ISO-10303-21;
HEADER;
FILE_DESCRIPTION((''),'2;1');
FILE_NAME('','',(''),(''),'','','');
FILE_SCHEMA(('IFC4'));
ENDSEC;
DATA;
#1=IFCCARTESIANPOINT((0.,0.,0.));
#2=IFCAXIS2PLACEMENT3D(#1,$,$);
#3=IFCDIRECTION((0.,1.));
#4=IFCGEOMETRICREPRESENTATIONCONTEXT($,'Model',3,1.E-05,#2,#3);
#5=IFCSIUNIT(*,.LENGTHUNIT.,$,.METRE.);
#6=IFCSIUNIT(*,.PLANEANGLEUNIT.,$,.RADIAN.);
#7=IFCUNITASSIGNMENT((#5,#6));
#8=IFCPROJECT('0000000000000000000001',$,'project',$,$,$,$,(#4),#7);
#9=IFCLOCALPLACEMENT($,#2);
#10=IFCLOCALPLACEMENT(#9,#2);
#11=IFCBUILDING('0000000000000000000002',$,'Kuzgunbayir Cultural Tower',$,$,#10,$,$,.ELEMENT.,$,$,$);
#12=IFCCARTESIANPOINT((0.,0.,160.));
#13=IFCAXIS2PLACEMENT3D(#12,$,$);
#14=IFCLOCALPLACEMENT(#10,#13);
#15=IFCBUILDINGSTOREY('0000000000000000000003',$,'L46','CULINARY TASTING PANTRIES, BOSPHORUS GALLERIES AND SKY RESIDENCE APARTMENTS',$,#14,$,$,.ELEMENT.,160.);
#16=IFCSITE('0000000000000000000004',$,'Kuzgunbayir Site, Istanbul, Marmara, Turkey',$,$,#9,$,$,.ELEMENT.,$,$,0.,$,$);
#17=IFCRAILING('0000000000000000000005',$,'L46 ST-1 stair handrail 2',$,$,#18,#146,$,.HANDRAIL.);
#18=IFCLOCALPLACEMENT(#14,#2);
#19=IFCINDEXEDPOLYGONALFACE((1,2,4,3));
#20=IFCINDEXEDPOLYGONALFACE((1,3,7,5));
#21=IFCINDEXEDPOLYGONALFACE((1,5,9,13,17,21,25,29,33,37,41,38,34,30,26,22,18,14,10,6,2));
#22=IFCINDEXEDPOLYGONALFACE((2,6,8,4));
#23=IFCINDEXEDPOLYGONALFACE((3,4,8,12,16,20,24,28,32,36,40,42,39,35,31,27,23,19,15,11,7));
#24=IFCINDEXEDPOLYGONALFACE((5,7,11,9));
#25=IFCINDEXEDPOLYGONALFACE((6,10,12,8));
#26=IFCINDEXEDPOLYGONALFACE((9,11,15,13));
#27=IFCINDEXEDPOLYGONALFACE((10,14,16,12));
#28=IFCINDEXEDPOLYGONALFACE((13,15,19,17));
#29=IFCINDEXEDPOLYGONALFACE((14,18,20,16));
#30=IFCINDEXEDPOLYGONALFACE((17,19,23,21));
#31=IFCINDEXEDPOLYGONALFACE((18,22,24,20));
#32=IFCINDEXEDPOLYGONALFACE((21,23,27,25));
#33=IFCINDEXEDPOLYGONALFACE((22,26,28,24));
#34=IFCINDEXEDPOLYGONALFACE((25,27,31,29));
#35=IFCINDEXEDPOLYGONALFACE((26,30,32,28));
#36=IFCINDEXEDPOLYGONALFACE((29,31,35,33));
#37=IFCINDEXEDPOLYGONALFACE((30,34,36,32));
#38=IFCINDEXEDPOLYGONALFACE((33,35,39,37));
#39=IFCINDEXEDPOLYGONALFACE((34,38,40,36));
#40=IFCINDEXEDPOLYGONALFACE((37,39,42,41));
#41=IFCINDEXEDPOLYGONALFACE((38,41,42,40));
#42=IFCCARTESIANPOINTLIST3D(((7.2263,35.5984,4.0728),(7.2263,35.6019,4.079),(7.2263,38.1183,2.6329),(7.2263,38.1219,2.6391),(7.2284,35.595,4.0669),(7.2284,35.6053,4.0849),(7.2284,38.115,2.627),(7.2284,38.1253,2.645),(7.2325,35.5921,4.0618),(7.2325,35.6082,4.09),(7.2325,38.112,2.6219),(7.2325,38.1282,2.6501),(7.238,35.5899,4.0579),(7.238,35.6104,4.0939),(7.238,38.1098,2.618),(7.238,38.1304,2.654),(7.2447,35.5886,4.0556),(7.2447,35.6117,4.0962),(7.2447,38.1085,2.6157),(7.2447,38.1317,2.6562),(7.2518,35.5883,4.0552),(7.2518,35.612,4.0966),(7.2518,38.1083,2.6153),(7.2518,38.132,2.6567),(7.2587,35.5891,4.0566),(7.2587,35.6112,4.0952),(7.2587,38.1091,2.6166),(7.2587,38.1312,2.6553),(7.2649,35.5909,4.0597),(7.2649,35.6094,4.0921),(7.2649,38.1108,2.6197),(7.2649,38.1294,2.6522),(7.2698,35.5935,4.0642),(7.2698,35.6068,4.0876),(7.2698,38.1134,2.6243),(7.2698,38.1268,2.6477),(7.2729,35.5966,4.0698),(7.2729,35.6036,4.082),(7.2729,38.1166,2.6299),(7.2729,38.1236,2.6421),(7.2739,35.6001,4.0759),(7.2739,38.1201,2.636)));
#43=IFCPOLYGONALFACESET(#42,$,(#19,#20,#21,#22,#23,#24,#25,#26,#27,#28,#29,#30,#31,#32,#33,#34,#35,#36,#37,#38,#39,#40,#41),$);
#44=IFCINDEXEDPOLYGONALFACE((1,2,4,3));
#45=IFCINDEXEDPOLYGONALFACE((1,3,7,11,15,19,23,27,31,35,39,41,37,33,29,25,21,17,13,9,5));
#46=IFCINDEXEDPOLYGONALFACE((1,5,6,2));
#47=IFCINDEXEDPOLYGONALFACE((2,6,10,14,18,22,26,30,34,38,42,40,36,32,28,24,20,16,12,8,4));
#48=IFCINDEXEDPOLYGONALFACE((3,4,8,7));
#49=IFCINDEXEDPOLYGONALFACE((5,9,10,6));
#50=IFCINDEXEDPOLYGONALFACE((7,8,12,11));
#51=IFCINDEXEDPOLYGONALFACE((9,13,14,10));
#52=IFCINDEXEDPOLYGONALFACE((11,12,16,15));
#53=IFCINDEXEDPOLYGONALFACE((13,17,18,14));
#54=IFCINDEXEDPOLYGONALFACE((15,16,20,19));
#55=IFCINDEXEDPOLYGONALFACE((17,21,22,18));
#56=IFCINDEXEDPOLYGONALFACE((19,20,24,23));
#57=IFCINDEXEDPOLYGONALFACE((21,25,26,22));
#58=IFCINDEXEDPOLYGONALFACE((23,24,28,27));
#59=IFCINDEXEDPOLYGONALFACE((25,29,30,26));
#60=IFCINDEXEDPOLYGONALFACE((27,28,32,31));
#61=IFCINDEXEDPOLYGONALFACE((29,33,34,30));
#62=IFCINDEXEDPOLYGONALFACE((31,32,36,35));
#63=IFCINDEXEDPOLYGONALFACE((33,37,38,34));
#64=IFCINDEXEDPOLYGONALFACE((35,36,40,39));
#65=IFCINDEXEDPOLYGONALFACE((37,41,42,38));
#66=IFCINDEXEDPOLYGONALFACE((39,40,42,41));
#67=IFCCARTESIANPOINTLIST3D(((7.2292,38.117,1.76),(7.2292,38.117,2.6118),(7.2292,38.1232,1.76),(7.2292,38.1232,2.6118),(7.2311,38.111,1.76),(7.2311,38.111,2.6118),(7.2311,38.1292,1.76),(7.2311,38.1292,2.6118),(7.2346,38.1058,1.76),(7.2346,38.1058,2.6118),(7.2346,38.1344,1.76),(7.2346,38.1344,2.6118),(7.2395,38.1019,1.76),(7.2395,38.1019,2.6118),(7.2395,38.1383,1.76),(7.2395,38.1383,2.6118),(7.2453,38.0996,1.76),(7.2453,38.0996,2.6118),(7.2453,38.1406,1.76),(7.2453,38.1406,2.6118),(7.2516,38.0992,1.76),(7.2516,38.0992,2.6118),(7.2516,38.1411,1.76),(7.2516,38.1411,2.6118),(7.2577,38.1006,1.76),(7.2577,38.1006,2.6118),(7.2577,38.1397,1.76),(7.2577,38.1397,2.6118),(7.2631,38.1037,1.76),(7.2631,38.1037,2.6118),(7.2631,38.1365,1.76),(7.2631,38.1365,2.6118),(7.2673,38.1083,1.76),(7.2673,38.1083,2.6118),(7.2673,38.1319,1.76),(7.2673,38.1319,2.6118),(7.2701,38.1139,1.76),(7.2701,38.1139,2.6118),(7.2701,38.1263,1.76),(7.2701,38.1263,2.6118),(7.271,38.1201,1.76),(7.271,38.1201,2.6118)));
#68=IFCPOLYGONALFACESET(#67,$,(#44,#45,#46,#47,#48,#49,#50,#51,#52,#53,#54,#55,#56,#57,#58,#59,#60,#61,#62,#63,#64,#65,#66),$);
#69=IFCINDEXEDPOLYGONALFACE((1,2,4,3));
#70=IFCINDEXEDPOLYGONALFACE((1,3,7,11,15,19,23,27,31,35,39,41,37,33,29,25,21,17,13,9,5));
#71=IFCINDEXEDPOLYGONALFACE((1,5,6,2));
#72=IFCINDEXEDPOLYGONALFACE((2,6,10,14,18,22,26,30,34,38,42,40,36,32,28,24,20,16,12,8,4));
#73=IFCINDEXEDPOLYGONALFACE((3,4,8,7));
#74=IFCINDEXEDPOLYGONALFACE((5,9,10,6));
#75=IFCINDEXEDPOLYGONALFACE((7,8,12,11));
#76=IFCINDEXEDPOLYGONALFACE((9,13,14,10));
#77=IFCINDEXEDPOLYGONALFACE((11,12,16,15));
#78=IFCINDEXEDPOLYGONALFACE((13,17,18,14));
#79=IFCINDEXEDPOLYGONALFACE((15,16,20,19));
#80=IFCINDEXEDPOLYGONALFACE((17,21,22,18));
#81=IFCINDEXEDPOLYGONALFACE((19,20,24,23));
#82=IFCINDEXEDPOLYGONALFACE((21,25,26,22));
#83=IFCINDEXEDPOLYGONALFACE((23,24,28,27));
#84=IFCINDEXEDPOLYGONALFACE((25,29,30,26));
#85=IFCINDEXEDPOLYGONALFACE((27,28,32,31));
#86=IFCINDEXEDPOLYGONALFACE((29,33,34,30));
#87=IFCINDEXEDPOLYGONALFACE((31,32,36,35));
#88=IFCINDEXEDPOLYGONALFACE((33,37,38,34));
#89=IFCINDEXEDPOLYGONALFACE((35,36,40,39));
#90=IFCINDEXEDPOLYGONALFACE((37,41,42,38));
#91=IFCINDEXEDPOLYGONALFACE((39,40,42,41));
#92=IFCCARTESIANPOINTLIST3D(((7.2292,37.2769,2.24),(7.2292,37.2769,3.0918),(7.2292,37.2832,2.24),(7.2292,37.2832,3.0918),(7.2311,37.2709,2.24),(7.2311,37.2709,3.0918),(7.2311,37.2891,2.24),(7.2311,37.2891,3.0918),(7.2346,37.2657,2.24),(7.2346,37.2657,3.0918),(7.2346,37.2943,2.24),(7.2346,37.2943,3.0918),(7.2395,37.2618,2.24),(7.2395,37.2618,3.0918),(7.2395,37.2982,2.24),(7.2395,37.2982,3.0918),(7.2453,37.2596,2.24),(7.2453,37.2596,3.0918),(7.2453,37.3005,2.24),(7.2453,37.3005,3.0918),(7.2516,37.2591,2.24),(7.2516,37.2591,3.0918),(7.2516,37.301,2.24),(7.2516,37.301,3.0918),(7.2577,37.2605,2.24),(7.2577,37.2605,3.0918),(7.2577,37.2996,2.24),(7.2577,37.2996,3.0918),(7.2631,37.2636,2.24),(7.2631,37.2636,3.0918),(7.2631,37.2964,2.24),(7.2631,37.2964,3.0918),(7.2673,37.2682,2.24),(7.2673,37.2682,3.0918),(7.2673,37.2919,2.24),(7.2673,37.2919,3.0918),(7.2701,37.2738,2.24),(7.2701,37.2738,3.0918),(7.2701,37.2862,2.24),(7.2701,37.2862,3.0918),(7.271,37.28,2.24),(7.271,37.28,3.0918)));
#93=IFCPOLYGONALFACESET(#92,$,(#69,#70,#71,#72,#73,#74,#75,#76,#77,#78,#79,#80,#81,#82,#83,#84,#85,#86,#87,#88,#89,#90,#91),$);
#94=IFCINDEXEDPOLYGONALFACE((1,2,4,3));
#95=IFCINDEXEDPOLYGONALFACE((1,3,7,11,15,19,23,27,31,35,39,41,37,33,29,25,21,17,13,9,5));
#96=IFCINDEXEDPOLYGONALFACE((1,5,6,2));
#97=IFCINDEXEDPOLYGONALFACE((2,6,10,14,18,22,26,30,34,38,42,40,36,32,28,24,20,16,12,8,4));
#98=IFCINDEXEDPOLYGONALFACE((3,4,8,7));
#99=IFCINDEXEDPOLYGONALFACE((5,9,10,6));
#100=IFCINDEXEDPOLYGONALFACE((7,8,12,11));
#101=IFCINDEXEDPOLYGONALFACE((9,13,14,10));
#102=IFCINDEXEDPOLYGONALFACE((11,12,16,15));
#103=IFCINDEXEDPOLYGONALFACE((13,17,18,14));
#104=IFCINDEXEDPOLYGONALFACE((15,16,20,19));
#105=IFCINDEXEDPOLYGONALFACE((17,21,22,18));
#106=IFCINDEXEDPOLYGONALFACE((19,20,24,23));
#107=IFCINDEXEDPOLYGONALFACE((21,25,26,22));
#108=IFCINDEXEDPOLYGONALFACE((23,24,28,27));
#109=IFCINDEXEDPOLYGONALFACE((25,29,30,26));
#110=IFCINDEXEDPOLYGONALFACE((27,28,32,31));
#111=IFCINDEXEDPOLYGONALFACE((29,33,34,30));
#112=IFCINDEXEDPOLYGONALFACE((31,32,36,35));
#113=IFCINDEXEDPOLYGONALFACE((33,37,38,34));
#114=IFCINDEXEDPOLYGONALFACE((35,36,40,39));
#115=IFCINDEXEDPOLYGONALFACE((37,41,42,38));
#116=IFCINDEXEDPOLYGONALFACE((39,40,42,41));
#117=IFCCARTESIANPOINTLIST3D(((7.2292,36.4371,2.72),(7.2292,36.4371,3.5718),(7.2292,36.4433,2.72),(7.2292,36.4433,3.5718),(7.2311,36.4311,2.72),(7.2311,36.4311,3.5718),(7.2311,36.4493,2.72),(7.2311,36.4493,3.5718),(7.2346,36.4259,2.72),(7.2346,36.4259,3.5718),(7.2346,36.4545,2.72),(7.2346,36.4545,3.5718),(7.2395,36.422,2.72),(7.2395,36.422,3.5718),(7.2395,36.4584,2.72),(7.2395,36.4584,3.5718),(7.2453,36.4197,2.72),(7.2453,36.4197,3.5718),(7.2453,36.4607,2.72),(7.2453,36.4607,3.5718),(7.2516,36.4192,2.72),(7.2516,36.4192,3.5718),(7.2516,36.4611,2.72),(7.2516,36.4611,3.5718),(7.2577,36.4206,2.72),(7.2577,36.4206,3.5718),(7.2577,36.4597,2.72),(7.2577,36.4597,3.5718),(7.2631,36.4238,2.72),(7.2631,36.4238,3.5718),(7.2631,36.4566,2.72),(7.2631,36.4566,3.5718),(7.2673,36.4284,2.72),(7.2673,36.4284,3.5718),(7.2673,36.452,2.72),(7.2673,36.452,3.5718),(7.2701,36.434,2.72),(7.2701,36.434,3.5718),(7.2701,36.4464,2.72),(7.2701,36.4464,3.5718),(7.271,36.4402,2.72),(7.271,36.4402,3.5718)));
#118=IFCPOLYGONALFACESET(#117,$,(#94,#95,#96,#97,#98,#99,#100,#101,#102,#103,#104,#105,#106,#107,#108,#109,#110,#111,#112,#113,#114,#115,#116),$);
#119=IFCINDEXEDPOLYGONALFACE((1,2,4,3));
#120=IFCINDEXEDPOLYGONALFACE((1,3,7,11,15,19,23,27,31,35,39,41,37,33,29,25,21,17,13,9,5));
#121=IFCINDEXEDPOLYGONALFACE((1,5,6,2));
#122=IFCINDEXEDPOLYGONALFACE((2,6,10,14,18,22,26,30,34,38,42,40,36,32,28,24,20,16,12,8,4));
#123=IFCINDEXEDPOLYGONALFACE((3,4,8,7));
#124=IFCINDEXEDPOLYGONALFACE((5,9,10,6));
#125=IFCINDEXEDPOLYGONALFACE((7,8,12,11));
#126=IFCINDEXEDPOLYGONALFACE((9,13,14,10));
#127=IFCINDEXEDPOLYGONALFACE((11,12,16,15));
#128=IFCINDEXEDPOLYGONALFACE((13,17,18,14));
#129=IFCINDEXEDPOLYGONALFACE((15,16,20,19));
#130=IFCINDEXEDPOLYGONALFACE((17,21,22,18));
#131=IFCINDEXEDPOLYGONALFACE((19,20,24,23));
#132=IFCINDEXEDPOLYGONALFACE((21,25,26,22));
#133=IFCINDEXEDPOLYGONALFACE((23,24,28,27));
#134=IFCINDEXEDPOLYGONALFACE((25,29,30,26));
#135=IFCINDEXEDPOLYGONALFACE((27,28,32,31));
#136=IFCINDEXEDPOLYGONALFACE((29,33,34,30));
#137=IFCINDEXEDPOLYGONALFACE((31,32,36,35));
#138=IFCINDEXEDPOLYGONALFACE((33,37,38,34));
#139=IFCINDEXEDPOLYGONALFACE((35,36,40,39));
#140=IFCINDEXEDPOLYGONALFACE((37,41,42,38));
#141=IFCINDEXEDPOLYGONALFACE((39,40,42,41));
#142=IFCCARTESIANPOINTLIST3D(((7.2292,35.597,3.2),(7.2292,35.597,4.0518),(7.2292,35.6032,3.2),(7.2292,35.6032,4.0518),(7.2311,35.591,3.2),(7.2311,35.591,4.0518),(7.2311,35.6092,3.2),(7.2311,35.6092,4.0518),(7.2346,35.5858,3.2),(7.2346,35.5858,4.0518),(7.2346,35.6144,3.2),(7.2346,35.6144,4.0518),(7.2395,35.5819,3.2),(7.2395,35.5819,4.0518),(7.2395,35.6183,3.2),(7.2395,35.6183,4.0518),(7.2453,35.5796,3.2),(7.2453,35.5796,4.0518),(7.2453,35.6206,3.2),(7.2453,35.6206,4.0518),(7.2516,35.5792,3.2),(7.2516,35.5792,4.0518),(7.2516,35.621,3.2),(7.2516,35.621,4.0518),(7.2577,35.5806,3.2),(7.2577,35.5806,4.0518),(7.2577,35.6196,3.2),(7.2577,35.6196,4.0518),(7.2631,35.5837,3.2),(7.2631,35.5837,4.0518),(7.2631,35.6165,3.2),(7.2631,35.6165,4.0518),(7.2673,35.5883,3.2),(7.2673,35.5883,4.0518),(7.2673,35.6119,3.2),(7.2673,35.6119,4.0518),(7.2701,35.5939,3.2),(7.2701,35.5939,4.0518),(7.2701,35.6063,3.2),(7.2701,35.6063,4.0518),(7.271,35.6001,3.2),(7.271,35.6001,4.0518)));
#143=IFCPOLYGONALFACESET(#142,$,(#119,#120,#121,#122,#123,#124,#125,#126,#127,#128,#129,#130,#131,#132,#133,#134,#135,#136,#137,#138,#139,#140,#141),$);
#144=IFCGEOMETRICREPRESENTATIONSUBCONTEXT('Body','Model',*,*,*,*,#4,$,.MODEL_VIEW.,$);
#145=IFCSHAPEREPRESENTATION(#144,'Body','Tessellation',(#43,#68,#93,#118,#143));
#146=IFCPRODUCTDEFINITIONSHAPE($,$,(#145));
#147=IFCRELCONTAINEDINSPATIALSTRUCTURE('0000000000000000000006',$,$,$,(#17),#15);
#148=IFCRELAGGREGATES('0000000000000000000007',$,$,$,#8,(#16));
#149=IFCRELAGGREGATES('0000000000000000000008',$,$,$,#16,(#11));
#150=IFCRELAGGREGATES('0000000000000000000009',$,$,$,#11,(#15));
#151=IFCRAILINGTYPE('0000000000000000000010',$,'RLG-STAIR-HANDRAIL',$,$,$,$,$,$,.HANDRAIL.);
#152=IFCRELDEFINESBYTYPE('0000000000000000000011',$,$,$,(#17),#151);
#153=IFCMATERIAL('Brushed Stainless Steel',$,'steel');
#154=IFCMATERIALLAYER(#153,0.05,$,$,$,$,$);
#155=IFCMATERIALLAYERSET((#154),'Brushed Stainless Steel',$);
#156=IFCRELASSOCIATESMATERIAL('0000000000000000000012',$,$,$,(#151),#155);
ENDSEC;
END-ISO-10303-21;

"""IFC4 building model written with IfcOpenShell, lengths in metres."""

from ifc_helpers import new_model, si_unit, direction, frame, origin, origin_2d, place, context, subcontext, project, spatial, circle, extrude, material, layer, layer_set, type_object, element, save


model = new_model("IFC4")

# Units and contexts
model_context = context("Model", 3, precision=1e-05, world=origin(), true_north=direction((0.0, 1.0)))
body_context = subcontext(model_context, "Body", "Model", "MODEL_VIEW")
ifc_project = project(units=[si_unit("LENGTHUNIT", "METRE"), si_unit("PLANEANGLEUNIT", "RADIAN")], contexts=[model_context])

# Site, building, storey
site_placement = place(None, origin())
site = spatial("IfcSite", under=ifc_project, at=site_placement, Name="Kuzgunbayir Site, Istanbul, Marmara, Turkey", CompositionType="ELEMENT", RefElevation=0.0)
building_placement = place(site_placement, origin())
building = spatial("IfcBuilding", under=site, at=building_placement, Name="Kuzgunbayir Cultural Tower", CompositionType="ELEMENT")
storey_placement = place(building_placement, frame((0.0, 0.0, 160.0)))
storey = spatial("IfcBuildingStorey", under=building, at=storey_placement, Name="L46", Description="CULINARY TASTING PANTRIES, BOSPHORUS GALLERIES AND SKY RESIDENCE APARTMENTS", CompositionType="ELEMENT", Elevation=160.0)

# Shared definitions
ifc_material_1 = material(Name="Brushed Stainless Steel", Category="steel")

# Railing
ifc_layer_1 = layer(ifc_material_1, 0.05)
ifc_layer_set_1 = layer_set([ifc_layer_1], Name="Brushed Stainless Steel")
railing_type_1 = type_object("IfcRailingType", Name="RLG-STAIR-HANDRAIL", PredefinedType="HANDRAIL", material=ifc_layer_set_1)
railing_1_placement = place(storey_placement, frame((7.25, 38.1201, 1.76)))
element("IfcRailing", 1, at=railing_1_placement, inside=storey, type_object=railing_type_1, Name="L46 ST-1 stair handrail 2", PredefinedType="HANDRAIL", context=body_context, shape_type="SweptSolid", body=[
    extrude(circle(Radius=0.0239, at=origin_2d()), frame((0.0, 0.0, 0.876), z_axis=(0.0, -0.868253, 0.496121), x_axis=(1.0, 0.0, 0.0)), (0.0, 0.0, 1.0), 2.9023),
    extrude(circle(Radius=0.021, at=origin_2d()), origin(), (0.0, 0.0, 1.0), 0.8518),
    extrude(circle(Radius=0.021, at=origin_2d()), frame((0.0, -0.8401, 0.48)), (0.0, 0.0, 1.0), 0.8518),
    extrude(circle(Radius=0.021, at=origin_2d()), frame((0.0, -1.6799, 0.96)), (0.0, 0.0, 1.0), 0.8518),
    extrude(circle(Radius=0.021, at=origin_2d()), frame((0.0, -2.52, 1.4399)), (0.0, 0.0, 1.0), 0.8518),
])

save(model, "model.ifc")
